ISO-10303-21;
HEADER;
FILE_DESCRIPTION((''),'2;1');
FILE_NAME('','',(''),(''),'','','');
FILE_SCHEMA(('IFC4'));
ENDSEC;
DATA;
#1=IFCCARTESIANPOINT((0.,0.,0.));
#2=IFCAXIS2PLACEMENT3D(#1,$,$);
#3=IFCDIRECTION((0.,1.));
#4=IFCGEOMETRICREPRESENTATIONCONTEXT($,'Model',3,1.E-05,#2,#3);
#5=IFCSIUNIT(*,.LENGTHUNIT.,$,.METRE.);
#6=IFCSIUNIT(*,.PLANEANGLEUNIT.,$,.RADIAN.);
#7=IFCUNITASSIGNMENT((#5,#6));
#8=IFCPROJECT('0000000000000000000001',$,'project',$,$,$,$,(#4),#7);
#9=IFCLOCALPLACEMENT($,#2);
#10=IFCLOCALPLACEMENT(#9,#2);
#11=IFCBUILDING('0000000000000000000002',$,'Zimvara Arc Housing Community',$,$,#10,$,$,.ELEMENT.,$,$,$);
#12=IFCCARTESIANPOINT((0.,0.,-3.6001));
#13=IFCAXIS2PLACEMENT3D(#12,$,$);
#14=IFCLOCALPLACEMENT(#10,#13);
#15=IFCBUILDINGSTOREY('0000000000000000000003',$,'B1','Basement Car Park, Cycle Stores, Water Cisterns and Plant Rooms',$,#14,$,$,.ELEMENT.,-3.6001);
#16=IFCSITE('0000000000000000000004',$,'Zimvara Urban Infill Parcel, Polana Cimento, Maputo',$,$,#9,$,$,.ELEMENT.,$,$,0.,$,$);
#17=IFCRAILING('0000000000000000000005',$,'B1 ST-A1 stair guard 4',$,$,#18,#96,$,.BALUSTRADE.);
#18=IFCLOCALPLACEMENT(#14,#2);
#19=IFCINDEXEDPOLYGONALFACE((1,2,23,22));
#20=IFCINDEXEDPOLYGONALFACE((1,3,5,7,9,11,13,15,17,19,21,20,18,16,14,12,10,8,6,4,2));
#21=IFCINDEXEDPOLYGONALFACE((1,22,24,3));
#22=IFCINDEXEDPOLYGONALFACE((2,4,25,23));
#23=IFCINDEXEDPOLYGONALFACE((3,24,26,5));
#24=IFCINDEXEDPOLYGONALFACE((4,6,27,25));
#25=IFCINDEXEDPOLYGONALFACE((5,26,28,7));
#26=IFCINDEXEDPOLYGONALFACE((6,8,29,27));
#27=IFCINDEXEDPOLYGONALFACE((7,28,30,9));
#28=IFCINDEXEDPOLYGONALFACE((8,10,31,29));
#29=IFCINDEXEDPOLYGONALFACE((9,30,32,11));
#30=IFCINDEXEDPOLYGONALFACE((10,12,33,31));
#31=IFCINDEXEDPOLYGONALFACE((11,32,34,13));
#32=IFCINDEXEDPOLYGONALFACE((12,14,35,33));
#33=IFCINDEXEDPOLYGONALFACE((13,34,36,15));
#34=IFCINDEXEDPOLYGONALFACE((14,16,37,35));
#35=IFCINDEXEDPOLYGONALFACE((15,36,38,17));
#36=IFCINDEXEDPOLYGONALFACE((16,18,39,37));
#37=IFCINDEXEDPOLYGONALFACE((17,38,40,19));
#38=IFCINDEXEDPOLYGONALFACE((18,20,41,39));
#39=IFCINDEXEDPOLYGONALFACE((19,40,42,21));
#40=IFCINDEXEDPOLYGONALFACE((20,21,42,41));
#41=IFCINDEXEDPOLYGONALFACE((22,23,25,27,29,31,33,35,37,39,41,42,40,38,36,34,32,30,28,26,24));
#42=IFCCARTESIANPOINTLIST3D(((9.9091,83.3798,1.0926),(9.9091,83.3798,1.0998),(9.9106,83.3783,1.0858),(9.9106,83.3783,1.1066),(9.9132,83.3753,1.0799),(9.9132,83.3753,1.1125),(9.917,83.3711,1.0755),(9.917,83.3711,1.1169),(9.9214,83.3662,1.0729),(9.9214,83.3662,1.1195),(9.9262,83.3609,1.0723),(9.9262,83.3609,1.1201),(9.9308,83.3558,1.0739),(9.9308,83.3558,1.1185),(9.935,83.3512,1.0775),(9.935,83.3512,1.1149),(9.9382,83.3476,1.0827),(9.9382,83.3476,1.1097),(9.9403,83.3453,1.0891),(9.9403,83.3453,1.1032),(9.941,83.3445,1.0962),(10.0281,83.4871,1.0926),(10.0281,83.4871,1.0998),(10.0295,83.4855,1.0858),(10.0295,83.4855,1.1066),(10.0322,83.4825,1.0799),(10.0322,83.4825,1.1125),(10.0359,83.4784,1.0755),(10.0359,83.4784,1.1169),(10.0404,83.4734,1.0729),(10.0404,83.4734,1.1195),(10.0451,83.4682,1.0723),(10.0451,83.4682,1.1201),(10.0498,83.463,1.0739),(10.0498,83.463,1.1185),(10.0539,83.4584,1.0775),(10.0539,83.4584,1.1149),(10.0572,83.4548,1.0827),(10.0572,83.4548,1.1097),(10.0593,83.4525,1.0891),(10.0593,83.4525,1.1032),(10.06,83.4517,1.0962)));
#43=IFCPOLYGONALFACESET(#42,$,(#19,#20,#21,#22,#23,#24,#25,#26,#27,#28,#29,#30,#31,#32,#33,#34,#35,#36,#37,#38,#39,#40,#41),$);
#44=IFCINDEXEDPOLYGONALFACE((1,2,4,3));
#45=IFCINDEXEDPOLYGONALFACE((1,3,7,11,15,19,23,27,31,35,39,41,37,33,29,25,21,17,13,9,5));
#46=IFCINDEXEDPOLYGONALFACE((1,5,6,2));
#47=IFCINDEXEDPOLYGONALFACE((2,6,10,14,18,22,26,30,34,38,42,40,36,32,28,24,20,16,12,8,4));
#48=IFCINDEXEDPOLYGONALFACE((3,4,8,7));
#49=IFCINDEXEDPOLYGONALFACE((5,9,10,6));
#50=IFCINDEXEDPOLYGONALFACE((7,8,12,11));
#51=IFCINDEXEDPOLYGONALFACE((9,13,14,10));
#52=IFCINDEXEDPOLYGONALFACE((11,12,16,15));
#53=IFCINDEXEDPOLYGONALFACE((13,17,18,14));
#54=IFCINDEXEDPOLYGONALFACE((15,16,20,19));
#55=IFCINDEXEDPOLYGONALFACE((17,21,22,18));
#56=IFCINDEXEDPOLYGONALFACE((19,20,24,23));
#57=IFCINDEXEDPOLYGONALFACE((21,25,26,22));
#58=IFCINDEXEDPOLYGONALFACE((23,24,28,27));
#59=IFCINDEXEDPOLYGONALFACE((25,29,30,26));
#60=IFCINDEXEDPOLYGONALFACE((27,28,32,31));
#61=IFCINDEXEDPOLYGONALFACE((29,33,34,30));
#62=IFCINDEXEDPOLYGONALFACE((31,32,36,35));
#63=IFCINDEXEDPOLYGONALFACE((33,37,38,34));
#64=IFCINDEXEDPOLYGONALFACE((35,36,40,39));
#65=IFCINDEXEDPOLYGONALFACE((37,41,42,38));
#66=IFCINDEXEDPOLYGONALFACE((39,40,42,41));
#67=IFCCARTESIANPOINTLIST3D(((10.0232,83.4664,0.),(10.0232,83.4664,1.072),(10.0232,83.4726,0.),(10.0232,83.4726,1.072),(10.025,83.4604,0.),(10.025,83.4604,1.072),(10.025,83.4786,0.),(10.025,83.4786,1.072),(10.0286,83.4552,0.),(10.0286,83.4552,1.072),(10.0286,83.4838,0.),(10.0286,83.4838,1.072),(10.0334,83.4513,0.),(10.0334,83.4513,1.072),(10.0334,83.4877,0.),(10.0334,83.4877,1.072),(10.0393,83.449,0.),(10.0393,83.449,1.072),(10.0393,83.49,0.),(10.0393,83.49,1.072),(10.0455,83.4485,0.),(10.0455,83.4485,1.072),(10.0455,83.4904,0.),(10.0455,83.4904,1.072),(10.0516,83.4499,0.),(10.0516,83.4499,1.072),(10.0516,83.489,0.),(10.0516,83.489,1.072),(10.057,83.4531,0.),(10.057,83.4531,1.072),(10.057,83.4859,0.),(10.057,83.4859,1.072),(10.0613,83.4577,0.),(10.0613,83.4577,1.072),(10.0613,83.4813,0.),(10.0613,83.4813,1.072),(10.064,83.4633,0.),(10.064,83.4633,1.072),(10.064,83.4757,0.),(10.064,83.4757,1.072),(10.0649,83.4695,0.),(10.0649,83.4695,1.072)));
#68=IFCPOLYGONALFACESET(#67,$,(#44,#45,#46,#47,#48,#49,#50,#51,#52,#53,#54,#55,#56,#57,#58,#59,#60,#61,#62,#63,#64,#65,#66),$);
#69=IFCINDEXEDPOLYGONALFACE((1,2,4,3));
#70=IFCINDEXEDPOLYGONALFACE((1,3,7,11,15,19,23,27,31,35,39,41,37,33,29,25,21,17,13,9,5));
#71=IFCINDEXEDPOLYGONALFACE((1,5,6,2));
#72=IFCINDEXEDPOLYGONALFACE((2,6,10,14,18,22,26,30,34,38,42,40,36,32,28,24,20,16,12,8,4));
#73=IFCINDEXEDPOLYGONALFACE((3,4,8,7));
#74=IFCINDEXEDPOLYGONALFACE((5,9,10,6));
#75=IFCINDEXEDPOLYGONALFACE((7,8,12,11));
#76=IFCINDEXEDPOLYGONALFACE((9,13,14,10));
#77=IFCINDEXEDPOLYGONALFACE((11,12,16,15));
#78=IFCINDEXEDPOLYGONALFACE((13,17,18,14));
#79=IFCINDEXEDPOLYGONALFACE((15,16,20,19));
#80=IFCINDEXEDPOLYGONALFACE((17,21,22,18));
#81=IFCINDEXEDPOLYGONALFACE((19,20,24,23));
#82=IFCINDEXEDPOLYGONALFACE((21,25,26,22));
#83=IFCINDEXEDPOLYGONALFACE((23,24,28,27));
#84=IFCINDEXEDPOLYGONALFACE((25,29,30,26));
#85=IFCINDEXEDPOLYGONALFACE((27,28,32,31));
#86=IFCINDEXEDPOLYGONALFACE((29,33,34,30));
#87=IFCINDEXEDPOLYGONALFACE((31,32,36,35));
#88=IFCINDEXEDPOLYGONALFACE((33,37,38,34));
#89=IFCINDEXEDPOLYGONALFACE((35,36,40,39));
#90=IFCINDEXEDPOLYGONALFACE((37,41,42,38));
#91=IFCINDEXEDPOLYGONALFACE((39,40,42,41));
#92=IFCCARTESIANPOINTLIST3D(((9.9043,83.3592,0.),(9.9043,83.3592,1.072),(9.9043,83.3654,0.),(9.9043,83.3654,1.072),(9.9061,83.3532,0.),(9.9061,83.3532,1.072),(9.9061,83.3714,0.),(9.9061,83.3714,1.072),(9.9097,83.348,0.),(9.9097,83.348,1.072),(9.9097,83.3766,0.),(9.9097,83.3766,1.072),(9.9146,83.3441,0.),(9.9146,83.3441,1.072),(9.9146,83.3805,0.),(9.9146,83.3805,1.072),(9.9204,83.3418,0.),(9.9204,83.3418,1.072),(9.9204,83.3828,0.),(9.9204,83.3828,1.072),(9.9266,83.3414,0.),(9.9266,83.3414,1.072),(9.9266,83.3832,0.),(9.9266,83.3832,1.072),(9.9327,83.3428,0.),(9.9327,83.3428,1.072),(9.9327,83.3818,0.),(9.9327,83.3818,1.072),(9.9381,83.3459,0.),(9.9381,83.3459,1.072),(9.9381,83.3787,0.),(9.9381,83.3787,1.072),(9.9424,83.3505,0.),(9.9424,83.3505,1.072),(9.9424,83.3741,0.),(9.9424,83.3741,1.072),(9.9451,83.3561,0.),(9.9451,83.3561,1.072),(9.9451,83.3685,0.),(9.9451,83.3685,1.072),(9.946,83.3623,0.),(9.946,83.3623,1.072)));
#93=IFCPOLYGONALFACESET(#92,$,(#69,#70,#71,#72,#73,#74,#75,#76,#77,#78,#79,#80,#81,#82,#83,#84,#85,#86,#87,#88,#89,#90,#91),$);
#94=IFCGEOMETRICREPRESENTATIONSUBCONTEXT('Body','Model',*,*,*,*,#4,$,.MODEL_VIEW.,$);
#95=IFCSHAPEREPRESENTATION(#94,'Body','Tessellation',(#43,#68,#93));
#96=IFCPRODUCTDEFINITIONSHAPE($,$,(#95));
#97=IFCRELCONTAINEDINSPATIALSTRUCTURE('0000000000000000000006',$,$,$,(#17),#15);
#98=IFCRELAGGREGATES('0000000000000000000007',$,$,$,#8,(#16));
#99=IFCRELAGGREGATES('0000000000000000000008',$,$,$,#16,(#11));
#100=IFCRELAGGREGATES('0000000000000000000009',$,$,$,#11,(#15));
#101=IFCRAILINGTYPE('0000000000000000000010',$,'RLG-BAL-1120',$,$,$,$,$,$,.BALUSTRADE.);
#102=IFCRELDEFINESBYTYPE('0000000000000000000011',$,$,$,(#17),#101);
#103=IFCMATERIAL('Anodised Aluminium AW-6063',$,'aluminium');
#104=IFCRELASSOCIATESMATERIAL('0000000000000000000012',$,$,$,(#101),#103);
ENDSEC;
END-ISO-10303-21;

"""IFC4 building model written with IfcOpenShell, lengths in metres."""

from ifc_helpers import new_model, si_unit, direction, frame, origin, origin_2d, place, context, subcontext, project, spatial, circle, extrude, material, type_object, element, save


model = new_model("IFC4")

# Units and contexts
model_context = context("Model", 3, precision=1e-05, world=origin(), true_north=direction((0.0, 1.0)))
body_context = subcontext(model_context, "Body", "Model", "MODEL_VIEW")
ifc_project = project(units=[si_unit("LENGTHUNIT", "METRE"), si_unit("PLANEANGLEUNIT", "RADIAN")], contexts=[model_context])

# Site, building, storey
site_placement = place(None, origin())
site = spatial("IfcSite", under=ifc_project, at=site_placement, Name="Zimvara Urban Infill Parcel, Polana Cimento, Maputo", CompositionType="ELEMENT", RefElevation=0.0)
building_placement = place(site_placement, origin())
building = spatial("IfcBuilding", under=site, at=building_placement, Name="Zimvara Arc Housing Community", CompositionType="ELEMENT")
storey_placement = place(building_placement, frame((0.0, 0.0, -3.6001)))
storey = spatial("IfcBuildingStorey", under=building, at=storey_placement, Name="B1", Description="Basement Car Park, Cycle Stores, Water Cisterns and Plant Rooms", CompositionType="ELEMENT", Elevation=-3.6001)

# Railing
ifc_material_1 = material(Name="Anodised Aluminium AW-6063", Category="aluminium")
railing_type_1 = type_object("IfcRailingType", Name="RLG-BAL-1120", PredefinedType="BALUSTRADE", material=ifc_material_1)
railing_1_placement = place(storey_placement, frame((10.0439, 83.4695, 0.0)))
element("IfcRailing", 1, at=railing_1_placement, inside=storey, type_object=railing_type_1, Name="B1 ST-A1 stair guard 4", PredefinedType="BALUSTRADE", context=body_context, shape_type="SweptSolid", body=[
    extrude(circle(Radius=0.0239, at=origin_2d()), frame((0.0, 0.0, 1.0962), z_axis=(-0.742763, -0.669554, 0.0), x_axis=(0.669554, -0.742763, 0.0)), (0.0, 0.0, 1.0), 0.1602),
    extrude(circle(Radius=0.021, at=origin_2d()), origin(), (0.0, 0.0, 1.0), 1.072),
    extrude(circle(Radius=0.021, at=origin_2d()), frame((-0.1189, -0.1072, 0.0)), (0.0, 0.0, 1.0), 1.072),
])

save(model, "model.ifc")
